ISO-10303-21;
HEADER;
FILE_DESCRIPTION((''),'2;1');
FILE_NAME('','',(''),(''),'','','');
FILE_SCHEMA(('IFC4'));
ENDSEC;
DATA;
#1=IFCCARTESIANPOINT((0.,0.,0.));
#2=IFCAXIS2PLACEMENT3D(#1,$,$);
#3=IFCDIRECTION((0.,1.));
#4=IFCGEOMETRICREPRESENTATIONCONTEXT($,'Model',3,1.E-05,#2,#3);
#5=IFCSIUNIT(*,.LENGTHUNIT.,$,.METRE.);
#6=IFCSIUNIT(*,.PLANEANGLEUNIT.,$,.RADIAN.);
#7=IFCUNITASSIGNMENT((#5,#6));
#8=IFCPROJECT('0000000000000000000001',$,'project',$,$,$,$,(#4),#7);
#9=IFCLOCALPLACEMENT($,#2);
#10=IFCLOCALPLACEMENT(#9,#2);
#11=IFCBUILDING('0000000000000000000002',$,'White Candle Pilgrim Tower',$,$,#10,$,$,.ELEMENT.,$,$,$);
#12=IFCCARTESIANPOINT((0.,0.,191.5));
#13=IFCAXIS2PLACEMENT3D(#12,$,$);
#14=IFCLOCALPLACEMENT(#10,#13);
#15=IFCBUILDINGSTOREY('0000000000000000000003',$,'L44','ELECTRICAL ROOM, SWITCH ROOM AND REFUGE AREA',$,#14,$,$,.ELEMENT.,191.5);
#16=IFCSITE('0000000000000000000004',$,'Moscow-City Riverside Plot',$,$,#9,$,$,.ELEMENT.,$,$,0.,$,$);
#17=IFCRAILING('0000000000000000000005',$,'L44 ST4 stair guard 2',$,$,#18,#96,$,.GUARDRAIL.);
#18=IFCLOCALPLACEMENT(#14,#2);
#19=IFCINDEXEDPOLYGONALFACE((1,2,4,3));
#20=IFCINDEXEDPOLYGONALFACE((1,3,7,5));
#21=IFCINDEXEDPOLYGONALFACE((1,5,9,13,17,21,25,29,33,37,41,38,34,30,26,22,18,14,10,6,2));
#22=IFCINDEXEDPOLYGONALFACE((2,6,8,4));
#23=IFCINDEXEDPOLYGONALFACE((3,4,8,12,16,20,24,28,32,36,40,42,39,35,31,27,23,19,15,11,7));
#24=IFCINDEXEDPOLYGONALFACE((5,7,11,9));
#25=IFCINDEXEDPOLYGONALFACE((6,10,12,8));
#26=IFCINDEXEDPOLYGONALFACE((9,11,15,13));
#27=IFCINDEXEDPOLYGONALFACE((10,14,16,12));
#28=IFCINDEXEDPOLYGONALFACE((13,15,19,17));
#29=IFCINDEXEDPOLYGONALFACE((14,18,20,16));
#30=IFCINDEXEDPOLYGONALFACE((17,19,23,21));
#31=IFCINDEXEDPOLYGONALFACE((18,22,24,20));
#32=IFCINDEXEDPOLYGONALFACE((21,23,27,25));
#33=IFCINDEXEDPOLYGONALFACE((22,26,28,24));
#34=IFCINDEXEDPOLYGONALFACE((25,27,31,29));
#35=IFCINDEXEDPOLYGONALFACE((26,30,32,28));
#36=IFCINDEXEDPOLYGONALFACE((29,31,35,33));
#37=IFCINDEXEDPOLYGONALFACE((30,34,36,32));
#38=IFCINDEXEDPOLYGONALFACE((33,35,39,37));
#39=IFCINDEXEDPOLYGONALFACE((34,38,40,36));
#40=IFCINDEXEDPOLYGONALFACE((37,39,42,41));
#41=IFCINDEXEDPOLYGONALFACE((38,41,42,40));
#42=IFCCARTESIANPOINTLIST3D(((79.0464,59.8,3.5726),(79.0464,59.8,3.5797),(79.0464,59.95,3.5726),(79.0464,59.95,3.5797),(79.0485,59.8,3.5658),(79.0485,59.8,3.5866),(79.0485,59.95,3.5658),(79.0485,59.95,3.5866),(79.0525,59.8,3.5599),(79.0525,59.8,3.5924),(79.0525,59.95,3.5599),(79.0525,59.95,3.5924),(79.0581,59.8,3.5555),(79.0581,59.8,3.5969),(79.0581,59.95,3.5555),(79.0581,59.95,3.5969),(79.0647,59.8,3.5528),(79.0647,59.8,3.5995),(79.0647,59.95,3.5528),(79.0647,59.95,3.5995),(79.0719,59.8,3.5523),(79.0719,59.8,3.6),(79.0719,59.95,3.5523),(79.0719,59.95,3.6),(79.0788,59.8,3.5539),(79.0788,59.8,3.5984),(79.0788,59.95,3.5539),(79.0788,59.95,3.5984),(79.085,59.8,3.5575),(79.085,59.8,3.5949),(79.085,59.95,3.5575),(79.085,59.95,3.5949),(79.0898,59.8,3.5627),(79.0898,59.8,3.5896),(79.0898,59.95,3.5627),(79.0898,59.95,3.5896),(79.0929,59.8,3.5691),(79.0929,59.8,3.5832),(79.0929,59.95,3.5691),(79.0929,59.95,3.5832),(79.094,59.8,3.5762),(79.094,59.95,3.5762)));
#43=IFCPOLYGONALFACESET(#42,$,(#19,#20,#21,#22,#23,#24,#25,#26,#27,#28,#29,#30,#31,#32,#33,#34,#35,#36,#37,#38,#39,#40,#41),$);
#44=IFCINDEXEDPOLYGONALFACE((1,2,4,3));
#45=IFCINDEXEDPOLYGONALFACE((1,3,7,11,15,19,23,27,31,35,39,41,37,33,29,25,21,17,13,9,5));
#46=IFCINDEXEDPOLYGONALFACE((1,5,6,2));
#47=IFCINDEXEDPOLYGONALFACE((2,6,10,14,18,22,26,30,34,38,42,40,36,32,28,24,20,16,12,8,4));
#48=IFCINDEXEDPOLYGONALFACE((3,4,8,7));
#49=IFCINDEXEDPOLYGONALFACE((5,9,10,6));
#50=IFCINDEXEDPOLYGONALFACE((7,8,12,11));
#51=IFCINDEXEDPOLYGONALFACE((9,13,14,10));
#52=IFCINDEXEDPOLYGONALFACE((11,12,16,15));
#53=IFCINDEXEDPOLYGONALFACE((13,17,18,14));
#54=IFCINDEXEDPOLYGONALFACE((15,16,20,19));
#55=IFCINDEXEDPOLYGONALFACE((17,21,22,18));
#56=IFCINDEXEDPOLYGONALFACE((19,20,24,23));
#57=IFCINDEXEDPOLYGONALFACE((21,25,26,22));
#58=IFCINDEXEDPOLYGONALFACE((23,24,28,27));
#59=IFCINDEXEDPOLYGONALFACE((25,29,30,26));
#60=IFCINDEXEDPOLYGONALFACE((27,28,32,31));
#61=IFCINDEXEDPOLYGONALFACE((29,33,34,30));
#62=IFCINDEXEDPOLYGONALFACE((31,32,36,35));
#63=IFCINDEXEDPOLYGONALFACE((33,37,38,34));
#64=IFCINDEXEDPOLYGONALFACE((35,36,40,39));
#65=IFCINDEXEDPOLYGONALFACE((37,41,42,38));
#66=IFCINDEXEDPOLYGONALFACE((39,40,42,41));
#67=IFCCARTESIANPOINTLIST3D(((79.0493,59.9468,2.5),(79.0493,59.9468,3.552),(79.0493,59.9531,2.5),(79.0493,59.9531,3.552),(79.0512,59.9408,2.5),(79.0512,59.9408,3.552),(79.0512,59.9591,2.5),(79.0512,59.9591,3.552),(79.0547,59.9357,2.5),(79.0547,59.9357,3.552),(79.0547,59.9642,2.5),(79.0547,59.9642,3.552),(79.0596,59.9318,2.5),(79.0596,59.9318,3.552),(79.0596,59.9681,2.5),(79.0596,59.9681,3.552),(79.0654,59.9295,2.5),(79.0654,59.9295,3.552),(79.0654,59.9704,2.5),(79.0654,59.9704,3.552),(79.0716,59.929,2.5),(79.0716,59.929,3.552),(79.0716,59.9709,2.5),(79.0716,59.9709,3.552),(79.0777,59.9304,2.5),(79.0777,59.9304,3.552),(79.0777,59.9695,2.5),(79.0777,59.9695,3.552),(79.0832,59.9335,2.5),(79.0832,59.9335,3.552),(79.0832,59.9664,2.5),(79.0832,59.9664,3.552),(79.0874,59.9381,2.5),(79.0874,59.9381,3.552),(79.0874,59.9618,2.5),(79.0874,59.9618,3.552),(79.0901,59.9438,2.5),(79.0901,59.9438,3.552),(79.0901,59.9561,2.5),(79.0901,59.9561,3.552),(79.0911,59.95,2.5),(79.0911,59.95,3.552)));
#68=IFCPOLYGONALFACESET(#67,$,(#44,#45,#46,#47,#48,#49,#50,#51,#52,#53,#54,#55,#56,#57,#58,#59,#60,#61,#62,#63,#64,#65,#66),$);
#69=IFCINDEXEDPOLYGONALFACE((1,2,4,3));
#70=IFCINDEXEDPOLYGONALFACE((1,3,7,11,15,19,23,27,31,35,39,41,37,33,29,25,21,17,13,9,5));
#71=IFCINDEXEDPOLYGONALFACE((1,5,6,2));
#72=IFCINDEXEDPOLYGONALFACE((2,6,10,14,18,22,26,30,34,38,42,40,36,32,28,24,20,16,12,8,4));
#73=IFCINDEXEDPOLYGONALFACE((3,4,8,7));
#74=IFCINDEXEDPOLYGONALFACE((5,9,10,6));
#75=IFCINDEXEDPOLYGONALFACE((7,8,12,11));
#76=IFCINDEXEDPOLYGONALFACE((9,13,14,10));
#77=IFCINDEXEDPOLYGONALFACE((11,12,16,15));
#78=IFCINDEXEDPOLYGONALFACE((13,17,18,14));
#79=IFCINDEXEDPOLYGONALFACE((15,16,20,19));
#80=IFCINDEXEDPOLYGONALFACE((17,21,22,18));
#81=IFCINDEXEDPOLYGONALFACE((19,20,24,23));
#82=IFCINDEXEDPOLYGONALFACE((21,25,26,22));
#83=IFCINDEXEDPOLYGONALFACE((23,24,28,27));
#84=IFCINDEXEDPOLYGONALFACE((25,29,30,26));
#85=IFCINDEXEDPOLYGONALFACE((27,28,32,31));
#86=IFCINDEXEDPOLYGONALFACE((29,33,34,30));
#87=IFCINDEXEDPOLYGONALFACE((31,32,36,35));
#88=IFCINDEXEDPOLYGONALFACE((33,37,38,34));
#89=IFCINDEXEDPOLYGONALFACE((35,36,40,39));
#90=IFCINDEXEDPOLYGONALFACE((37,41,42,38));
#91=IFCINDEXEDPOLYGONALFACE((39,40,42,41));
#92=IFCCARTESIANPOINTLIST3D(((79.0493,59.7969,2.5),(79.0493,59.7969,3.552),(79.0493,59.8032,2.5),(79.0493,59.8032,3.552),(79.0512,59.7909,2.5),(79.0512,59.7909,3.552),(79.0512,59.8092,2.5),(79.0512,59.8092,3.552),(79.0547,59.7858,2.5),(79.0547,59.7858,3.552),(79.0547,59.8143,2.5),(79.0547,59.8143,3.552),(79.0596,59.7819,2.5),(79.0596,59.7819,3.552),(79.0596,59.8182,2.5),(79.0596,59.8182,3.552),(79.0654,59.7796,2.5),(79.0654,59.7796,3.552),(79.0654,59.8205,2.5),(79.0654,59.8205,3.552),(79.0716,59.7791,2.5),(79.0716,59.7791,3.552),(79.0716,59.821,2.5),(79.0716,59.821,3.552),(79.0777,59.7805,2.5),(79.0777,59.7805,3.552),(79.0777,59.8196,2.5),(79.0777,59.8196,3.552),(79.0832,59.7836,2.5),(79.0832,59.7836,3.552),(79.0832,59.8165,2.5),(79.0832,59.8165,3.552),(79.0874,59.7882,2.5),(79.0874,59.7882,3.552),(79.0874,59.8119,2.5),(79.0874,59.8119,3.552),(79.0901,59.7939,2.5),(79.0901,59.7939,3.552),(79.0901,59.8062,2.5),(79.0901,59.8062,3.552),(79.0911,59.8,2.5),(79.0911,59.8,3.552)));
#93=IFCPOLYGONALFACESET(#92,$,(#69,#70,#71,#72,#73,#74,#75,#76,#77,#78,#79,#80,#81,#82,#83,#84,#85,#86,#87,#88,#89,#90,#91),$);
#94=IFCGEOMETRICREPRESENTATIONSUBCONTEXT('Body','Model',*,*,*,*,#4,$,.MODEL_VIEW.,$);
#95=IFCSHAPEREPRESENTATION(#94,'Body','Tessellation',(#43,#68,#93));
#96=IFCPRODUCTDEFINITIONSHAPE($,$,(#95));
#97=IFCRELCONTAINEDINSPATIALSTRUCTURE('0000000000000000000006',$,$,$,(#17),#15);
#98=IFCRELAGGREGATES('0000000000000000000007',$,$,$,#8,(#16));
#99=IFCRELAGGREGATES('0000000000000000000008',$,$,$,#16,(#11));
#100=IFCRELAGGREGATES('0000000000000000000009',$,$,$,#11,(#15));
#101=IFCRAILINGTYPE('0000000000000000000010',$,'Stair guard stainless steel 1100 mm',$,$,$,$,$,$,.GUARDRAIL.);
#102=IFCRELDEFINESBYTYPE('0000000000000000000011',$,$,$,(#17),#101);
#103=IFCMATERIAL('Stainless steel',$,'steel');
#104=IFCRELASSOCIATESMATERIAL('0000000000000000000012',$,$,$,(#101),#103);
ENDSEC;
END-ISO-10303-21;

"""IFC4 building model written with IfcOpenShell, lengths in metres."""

from ifc_helpers import new_model, si_unit, direction, frame, origin, origin_2d, place, context, subcontext, project, spatial, circle, extrude, material, type_object, element, save


model = new_model("IFC4")

# Units and contexts
model_context = context("Model", 3, precision=1e-05, world=origin(), true_north=direction((0.0, 1.0)))
body_context = subcontext(model_context, "Body", "Model", "MODEL_VIEW")
ifc_project = project(units=[si_unit("LENGTHUNIT", "METRE"), si_unit("PLANEANGLEUNIT", "RADIAN")], contexts=[model_context])

# Site, building, storey
site_placement = place(None, origin())
site = spatial("IfcSite", under=ifc_project, at=site_placement, Name="Moscow-City Riverside Plot", CompositionType="ELEMENT", RefElevation=0.0)
building_placement = place(site_placement, origin())
building = spatial("IfcBuilding", under=site, at=building_placement, Name="White Candle Pilgrim Tower", CompositionType="ELEMENT")
storey_placement = place(building_placement, frame((0.0, 0.0, 191.5)))
storey = spatial("IfcBuildingStorey", under=building, at=storey_placement, Name="L44", Description="ELECTRICAL ROOM, SWITCH ROOM AND REFUGE AREA", CompositionType="ELEMENT", Elevation=191.5)

# Railing
ifc_material_1 = material(Name="Stainless steel", Category="steel")
railing_type_1 = type_object("IfcRailingType", Name="Stair guard stainless steel 1100 mm", PredefinedType="GUARDRAIL", material=ifc_material_1)
railing_1_placement = place(storey_placement, frame((79.0701, 59.95, 2.5)))
element("IfcRailing", 1, at=railing_1_placement, inside=storey, type_object=railing_type_1, Name="L44 ST4 stair guard 2", PredefinedType="GUARDRAIL", context=body_context, shape_type="SweptSolid", body=[
    extrude(circle(Radius=0.0239, at=origin_2d()), frame((0.0, 0.0, 1.0762), z_axis=(0.0, -1.0, 0.0), x_axis=(1.0, 0.0, 0.0)), (0.0, 0.0, 1.0), 0.1499),
    extrude(circle(Radius=0.021, at=origin_2d()), origin(), (0.0, 0.0, 1.0), 1.052),
    extrude(circle(Radius=0.021, at=origin_2d()), frame((0.0, -0.1499, 0.0)), (0.0, 0.0, 1.0), 1.052),
])

save(model, "model.ifc")
